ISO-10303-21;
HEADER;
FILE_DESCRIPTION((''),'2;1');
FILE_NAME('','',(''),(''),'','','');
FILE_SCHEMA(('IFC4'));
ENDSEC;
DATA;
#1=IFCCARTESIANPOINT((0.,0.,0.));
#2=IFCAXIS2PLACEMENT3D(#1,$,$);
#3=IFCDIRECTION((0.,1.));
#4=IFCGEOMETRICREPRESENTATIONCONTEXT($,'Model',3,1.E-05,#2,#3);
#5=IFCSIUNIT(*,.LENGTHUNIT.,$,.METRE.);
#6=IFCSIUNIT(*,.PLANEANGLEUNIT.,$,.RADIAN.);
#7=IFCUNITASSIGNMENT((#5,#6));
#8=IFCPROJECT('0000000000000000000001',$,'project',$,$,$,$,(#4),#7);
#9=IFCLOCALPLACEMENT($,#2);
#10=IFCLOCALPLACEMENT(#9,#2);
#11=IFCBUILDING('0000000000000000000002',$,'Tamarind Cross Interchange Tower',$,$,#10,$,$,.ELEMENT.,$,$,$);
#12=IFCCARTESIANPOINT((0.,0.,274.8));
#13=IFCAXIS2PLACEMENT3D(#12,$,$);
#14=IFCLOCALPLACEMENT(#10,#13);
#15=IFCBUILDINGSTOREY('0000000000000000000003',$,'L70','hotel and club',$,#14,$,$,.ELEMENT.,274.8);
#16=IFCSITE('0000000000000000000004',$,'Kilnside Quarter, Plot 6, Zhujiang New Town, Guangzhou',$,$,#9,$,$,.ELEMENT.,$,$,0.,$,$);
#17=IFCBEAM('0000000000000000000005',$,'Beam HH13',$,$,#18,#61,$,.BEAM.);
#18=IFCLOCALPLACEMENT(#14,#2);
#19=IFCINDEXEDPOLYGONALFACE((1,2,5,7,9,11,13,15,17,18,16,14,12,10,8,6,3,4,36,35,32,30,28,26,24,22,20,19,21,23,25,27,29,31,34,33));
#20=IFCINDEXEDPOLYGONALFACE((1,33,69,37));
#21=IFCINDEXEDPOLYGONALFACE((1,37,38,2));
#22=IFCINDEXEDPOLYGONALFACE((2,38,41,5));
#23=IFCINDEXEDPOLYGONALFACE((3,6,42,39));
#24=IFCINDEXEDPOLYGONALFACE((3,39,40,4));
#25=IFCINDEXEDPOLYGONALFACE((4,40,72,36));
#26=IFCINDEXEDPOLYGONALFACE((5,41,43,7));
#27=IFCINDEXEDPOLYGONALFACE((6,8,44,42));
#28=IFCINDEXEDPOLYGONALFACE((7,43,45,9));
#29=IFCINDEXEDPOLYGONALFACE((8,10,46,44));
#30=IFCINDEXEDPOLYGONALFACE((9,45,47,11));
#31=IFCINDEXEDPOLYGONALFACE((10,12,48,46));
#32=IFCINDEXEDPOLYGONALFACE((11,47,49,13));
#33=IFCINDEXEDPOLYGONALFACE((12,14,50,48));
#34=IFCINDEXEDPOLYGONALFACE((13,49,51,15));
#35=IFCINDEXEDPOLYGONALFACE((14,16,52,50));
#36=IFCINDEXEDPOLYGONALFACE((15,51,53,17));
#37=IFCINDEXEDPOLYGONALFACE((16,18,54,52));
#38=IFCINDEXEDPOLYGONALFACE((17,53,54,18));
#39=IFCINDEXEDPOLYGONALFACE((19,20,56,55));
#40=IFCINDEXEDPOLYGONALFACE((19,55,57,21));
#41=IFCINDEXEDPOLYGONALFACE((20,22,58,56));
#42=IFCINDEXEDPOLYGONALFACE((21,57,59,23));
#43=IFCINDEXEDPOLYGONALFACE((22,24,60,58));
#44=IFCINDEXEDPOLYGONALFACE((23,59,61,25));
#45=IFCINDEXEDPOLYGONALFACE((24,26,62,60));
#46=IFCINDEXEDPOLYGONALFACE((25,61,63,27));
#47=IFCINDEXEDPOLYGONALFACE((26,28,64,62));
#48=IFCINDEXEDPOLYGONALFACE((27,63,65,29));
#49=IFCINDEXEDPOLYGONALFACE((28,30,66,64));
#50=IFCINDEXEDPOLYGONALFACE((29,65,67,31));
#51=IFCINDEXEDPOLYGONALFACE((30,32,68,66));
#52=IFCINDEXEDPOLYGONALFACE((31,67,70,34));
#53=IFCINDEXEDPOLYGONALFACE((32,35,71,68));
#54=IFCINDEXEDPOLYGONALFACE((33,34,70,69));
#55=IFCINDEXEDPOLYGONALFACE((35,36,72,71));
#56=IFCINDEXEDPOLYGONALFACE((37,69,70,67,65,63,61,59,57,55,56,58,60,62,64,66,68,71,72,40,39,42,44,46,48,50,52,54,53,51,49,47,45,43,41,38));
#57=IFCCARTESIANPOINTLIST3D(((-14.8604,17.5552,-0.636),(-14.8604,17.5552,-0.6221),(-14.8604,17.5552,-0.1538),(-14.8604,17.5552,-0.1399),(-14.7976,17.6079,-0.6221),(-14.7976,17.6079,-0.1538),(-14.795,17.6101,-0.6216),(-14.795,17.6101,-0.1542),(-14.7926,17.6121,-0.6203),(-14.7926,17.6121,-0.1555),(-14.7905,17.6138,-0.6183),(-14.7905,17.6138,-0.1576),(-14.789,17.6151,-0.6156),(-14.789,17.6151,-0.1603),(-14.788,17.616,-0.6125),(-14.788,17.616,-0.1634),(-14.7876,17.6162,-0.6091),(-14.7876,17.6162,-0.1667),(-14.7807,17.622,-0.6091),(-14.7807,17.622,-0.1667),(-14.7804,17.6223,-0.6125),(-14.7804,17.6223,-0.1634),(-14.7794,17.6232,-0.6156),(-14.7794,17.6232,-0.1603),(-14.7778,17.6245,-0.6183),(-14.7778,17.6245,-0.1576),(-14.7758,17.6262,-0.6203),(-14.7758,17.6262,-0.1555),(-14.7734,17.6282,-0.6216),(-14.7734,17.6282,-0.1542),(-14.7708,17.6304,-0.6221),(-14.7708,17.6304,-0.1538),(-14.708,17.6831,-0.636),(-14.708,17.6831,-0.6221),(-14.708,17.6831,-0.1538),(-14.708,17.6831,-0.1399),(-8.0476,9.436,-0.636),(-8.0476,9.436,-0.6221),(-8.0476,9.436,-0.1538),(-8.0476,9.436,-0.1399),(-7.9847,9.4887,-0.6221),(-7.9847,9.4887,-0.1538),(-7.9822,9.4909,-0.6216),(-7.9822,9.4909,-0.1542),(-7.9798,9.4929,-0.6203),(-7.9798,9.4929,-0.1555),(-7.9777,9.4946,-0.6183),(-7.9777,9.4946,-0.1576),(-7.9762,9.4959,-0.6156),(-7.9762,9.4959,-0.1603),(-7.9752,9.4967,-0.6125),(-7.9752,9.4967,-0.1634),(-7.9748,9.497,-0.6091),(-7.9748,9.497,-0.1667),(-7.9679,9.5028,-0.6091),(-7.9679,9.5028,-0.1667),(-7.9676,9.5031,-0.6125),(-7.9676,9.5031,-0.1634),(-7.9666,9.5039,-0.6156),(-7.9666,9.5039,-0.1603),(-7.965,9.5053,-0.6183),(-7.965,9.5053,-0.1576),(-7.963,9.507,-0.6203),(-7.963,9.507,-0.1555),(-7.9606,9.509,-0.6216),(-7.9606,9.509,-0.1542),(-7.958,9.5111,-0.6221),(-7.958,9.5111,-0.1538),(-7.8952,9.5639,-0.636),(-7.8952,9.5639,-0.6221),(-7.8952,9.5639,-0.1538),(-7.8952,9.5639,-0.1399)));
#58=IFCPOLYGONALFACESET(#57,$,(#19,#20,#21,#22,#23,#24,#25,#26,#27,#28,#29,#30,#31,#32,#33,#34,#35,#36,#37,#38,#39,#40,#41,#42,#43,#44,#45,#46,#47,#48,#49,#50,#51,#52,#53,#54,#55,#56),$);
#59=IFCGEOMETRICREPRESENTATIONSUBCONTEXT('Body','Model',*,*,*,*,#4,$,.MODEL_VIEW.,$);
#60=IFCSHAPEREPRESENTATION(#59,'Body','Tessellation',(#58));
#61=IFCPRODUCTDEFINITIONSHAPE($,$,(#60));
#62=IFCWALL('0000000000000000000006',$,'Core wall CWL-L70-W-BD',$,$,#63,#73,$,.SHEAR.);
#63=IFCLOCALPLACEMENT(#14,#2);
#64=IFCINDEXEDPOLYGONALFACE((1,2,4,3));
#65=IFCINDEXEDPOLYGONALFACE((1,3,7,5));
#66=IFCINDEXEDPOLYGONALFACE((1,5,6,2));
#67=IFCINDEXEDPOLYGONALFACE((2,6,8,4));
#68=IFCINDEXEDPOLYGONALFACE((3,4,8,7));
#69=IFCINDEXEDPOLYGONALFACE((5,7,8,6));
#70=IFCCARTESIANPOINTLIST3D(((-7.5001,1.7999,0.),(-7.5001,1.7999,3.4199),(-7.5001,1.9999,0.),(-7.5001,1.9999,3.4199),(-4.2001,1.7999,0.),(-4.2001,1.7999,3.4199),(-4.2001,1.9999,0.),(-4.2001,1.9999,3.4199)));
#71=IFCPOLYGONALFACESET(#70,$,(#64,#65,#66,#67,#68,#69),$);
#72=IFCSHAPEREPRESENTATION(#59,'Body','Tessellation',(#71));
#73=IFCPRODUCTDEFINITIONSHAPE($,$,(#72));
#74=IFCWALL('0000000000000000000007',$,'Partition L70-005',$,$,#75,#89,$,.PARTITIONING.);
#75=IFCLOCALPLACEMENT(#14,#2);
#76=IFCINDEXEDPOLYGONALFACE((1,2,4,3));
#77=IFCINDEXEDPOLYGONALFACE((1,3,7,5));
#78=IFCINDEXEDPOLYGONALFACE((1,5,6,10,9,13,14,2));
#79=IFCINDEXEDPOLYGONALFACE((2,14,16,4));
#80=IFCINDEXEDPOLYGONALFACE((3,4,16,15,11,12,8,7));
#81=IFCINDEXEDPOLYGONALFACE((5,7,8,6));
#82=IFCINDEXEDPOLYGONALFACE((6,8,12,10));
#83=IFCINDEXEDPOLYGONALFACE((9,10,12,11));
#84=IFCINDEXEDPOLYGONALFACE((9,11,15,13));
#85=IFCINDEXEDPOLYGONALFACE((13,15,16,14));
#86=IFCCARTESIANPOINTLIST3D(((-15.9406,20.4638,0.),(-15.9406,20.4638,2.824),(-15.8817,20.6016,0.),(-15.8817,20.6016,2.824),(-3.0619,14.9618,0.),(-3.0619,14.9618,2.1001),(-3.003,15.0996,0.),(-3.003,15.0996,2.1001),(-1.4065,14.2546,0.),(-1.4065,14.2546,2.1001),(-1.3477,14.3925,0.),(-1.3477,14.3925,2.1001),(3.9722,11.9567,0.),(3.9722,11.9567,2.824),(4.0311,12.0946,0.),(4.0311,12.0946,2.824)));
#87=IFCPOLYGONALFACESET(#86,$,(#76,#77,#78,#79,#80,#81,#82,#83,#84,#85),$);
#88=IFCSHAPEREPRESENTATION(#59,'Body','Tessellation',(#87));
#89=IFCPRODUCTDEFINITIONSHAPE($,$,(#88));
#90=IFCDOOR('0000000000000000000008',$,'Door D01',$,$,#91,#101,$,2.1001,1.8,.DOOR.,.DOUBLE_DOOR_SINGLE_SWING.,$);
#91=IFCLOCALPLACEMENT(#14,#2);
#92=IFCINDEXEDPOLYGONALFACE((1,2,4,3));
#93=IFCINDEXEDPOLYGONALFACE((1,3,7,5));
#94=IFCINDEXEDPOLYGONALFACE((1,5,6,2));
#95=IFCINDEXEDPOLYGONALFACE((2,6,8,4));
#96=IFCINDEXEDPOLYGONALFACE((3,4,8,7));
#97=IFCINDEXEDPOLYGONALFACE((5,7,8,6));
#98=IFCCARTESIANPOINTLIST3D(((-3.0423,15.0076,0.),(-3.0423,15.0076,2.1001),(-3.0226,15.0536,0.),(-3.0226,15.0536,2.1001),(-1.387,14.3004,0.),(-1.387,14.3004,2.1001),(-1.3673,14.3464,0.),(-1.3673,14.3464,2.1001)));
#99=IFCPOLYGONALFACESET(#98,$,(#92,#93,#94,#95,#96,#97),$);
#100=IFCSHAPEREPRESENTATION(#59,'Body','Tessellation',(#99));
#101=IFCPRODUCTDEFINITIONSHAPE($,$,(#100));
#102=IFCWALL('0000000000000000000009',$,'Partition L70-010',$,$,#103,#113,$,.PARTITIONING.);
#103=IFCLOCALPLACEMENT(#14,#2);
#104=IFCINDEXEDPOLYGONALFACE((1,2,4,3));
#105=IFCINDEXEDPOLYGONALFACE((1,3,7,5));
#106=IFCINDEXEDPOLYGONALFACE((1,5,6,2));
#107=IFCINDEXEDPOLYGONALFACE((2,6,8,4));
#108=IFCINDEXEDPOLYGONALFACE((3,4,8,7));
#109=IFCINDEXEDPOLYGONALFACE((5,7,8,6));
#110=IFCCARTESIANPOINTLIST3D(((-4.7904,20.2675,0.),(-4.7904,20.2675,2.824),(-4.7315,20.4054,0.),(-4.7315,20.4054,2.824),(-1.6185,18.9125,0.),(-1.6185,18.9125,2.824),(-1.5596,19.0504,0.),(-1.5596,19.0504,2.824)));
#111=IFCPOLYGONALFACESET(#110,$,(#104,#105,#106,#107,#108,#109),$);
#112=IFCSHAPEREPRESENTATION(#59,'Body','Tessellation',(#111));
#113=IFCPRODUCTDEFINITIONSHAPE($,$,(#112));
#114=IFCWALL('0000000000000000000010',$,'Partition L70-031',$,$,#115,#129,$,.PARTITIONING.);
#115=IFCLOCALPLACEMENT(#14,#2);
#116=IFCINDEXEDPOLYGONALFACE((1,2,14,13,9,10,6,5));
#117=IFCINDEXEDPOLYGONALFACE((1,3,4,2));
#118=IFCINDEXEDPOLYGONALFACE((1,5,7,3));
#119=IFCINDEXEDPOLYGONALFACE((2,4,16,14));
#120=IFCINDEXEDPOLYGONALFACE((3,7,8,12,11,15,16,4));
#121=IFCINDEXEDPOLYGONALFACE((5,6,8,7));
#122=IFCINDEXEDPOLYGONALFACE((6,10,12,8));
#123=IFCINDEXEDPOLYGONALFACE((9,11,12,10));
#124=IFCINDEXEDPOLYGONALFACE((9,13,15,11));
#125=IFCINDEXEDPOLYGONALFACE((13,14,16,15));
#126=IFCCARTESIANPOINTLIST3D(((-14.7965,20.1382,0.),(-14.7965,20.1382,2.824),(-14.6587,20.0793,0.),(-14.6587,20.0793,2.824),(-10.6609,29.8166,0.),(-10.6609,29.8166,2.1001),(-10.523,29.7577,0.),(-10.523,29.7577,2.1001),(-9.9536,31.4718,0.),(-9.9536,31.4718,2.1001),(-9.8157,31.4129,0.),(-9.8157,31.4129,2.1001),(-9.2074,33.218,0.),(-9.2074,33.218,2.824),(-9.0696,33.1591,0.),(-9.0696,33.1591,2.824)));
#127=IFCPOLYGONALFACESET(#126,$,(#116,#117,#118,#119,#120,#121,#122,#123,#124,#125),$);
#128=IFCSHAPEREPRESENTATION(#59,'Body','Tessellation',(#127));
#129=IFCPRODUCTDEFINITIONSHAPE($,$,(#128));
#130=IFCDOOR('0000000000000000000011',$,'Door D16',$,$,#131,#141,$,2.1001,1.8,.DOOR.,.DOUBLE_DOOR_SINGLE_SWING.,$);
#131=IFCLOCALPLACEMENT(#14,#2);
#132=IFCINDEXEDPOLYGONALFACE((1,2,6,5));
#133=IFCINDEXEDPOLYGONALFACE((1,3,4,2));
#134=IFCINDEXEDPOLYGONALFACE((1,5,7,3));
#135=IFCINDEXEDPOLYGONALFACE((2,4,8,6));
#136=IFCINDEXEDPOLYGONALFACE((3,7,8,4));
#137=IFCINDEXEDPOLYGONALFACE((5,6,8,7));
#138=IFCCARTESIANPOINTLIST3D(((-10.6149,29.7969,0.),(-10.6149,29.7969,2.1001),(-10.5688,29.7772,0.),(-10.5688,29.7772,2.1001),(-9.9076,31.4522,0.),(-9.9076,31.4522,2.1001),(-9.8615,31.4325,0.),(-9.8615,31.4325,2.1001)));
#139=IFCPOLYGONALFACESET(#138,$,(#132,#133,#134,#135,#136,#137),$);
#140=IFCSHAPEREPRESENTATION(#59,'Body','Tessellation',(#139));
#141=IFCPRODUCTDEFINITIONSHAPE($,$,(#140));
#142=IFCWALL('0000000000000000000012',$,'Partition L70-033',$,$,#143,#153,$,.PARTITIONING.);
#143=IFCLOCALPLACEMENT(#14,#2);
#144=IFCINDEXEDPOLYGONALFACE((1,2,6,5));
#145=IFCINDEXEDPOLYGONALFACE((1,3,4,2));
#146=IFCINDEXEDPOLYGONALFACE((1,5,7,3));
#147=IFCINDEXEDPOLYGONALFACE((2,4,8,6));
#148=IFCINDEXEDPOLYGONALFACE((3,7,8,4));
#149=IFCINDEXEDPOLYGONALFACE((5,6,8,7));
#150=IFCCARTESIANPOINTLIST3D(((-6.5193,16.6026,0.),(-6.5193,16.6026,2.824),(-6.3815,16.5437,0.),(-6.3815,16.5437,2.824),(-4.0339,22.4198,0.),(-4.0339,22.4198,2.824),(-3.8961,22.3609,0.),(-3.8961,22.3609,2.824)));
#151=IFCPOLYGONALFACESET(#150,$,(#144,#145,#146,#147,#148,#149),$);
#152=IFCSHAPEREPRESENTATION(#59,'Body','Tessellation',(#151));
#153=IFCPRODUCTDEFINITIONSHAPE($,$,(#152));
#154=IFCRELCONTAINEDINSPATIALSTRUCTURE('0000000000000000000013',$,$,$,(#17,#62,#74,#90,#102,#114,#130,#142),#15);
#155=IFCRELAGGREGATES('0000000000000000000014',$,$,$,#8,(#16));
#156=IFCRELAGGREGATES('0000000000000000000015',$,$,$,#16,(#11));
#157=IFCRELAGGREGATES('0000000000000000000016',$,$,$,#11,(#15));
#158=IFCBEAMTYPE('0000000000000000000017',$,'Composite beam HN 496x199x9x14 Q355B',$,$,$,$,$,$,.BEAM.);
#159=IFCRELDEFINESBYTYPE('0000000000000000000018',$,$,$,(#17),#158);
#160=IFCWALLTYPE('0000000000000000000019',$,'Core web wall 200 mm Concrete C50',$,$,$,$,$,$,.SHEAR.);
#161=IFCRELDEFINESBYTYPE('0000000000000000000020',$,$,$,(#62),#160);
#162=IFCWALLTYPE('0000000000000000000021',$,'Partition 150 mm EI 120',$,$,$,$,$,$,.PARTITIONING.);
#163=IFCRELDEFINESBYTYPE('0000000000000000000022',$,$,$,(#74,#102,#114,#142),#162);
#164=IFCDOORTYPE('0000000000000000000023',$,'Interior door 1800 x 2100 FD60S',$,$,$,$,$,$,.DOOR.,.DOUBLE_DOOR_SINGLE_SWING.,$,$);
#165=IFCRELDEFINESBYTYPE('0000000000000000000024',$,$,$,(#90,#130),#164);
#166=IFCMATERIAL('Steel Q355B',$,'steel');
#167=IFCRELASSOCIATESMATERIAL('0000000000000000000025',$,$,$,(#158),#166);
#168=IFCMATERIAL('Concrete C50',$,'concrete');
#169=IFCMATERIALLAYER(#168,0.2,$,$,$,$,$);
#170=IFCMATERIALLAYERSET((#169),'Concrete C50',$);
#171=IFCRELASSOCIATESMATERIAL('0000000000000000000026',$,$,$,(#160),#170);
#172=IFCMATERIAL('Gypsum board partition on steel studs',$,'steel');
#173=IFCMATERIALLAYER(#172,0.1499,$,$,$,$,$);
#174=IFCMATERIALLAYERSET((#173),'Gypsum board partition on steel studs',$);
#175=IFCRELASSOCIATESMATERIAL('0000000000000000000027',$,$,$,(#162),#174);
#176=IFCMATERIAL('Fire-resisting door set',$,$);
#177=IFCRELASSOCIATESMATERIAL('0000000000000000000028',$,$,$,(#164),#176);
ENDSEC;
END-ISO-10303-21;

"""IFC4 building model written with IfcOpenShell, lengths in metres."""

from ifc_helpers import new_model, si_unit, direction, frame, frame_2d, origin, origin_2d, place, context, subcontext, project, spatial, rectangle, i_section, extrude, material, layer, layer_set, material_profile, profile_set, type_object, element, fill, save


model = new_model("IFC4")

# Units and contexts
model_context = context("Model", 3, precision=1e-05, world=origin(), true_north=direction((0.0, 1.0)))
body_context = subcontext(model_context, "Body", "Model", "MODEL_VIEW")
ifc_project = project(units=[si_unit("LENGTHUNIT", "METRE"), si_unit("PLANEANGLEUNIT", "RADIAN")], contexts=[model_context])

# Site, building, storey
site_placement = place(None, origin())
site = spatial("IfcSite", under=ifc_project, at=site_placement, Name="Kilnside Quarter, Plot 6, Zhujiang New Town, Guangzhou", CompositionType="ELEMENT", RefElevation=0.0)
building_placement = place(site_placement, origin())
building = spatial("IfcBuilding", under=site, at=building_placement, Name="Tamarind Cross Interchange Tower", CompositionType="ELEMENT")
storey_placement = place(building_placement, frame((0.0, 0.0, 274.8)))
storey = spatial("IfcBuildingStorey", under=building, at=storey_placement, Name="L70", Description="hotel and club", CompositionType="ELEMENT", Elevation=274.8)

# Beam
ifc_material_1 = material(Name="Steel Q355B", Category="steel")
ifc_material_profile_1 = material_profile(ifc_material_1, i_section(OverallWidth=0.199, OverallDepth=0.4961, WebThickness=0.009, FlangeThickness=0.0139, FilletRadius=0.0129, at=origin_2d()), Name="HN 496x199x9x14")
ifc_profile_set_1 = profile_set([ifc_material_profile_1], Name="Steel Q355B")
beam_type_1 = type_object("IfcBeamType", Name="Composite beam HN 496x199x9x14 Q355B", PredefinedType="BEAM", material=ifc_profile_set_1)
beam_1_placement = place(storey_placement, frame((-14.7842, 17.6191, -0.3879), z_axis=(0.642786, -0.766046, 0.0), x_axis=(0.766046, 0.642786, 0.0)))
element("IfcBeam", 1, at=beam_1_placement, inside=storey, type_object=beam_type_1, Name="Beam HH13", PredefinedType="BEAM", context=body_context, shape_type="SweptSolid", body=[
    extrude(i_section(OverallWidth=0.199, OverallDepth=0.4961, WebThickness=0.009, FlangeThickness=0.0139, FilletRadius=0.0129, at=origin_2d()), origin(), (0.0, 0.0, 1.0), 10.5989),
])

# Wall
ifc_material_2 = material(Name="Concrete C50", Category="concrete")
ifc_layer_1 = layer(ifc_material_2, 0.2)
ifc_layer_set_1 = layer_set([ifc_layer_1], Name="Concrete C50")
wall_type_1 = type_object("IfcWallType", Name="Core web wall 200 mm Concrete C50", PredefinedType="SHEAR", material=ifc_layer_set_1)
wall_1_placement = place(storey_placement, frame((-7.5, 1.8999, 0.0), z_axis=(0.0, 0.0, 1.0), x_axis=(1.0, 0.0, 0.0)))
element("IfcWall", 2, at=wall_1_placement, inside=storey, type_object=wall_type_1, Name="Core wall CWL-L70-W-BD", PredefinedType="SHEAR", context=body_context, shape_type="SweptSolid", body=[
    extrude(rectangle(XDim=3.3, YDim=0.2, at=frame_2d((1.6499, 0.0))), origin(), (0.0, 0.0, 1.0), 3.4199),
])

# Wall, opening, door
ifc_material_3 = material(Name="Gypsum board partition on steel studs", Category="steel")
ifc_layer_2 = layer(ifc_material_3, 0.1499)
ifc_layer_set_2 = layer_set([ifc_layer_2], Name="Gypsum board partition on steel studs")
wall_type_2 = type_object("IfcWallType", Name="Partition 150 mm EI 120", PredefinedType="PARTITIONING", material=ifc_layer_set_2)
wall_2_placement = place(storey_placement, frame((-15.9111, 20.5327, 0.0), z_axis=(0.0, 0.0, 1.0), x_axis=(0.919596, -0.392866, 0.0)))
wall_2 = element("IfcWall", 3, at=wall_2_placement, inside=storey, type_object=wall_type_2, Name="Partition L70-005", PredefinedType="PARTITIONING", context=body_context, shape_type="SweptSolid", body=[
    extrude(rectangle(XDim=21.6538, YDim=0.1499, at=frame_2d((10.8269, 0.0))), origin(), (0.0, 0.0, 1.0), 2.824),
])
opening_1_placement = place(wall_2_placement, frame((14.0049, 0.0, 0.0)))
opening_1 = element("IfcOpeningElement", 4, at=opening_1_placement, cuts=wall_2, PredefinedType="OPENING", context=body_context, shape_type="SweptSolid", body=[
    extrude(rectangle(XDim=1.8, YDim=2.1001, at=frame_2d((0.8999, 1.05))), frame((0.0, 0.085, 0.0), z_axis=(0.0, -1.0, 0.0), x_axis=(1.0, 0.0, 0.0)), (0.0, 0.0, 1.0), 0.1699),
])
ifc_material_4 = material(Name="Fire-resisting door set")
door_type_1 = type_object("IfcDoorType", Name="Interior door 1800 x 2100 FD60S", OperationType="DOUBLE_DOOR_SINGLE_SWING", PredefinedType="DOOR", material=ifc_material_4)
door_1_placement = place(opening_1_placement, origin())
door_1 = element("IfcDoor", 5, at=door_1_placement, inside=storey, type_object=door_type_1, Name="Door D01", OperationType="DOUBLE_DOOR_SINGLE_SWING", OverallHeight=2.1001, OverallWidth=1.8, PredefinedType="DOOR", context=body_context, shape_type="SweptSolid", body=[
    extrude(rectangle(XDim=1.8, YDim=2.1001, at=frame_2d((0.8999, 1.05))), frame((0.0, 0.0249, 0.0), z_axis=(0.0, -1.0, 0.0), x_axis=(1.0, 0.0, 0.0)), (0.0, 0.0, 1.0), 0.05),
])
fill(opening_1, door_1)

# Wall
wall_3_placement = place(storey_placement, frame((-4.761, 20.3364, 0.0), z_axis=(0.0, 0.0, 1.0), x_axis=(0.919606, -0.392843, 0.0)))
element("IfcWall", 6, at=wall_3_placement, inside=storey, type_object=wall_type_2, Name="Partition L70-010", PredefinedType="PARTITIONING", context=body_context, shape_type="SweptSolid", body=[
    extrude(rectangle(XDim=3.4492, YDim=0.1499, at=frame_2d((1.7246, 0.0))), origin(), (0.0, 0.0, 1.0), 2.824),
])

# Wall, opening, door
wall_4_placement = place(storey_placement, frame((-14.7275, 20.1089, 0.0), z_axis=(0.0, 0.0, 1.0), x_axis=(0.392937, 0.919565, 0.0)))
wall_4 = element("IfcWall", 7, at=wall_4_placement, inside=storey, type_object=wall_type_2, Name="Partition L70-031", PredefinedType="PARTITIONING", context=body_context, shape_type="SweptSolid", body=[
    extrude(rectangle(XDim=14.2239, YDim=0.1499, at=frame_2d((7.1118, 0.0))), origin(), (0.0, 0.0, 1.0), 2.824),
])
opening_2_placement = place(wall_4_placement, frame((10.5249, 0.0, 0.0)))
opening_2 = element("IfcOpeningElement", 8, at=opening_2_placement, cuts=wall_4, PredefinedType="OPENING", context=body_context, shape_type="SweptSolid", body=[
    extrude(rectangle(XDim=1.8, YDim=2.1001, at=frame_2d((0.8999, 1.05))), frame((0.0, 0.085, 0.0), z_axis=(0.0, -1.0, 0.0), x_axis=(1.0, 0.0, 0.0)), (0.0, 0.0, 1.0), 0.1699),
])
door_2_placement = place(opening_2_placement, origin())
door_2 = element("IfcDoor", 9, at=door_2_placement, inside=storey, type_object=door_type_1, Name="Door D16", OperationType="DOUBLE_DOOR_SINGLE_SWING", OverallHeight=2.1001, OverallWidth=1.8, PredefinedType="DOOR", context=body_context, shape_type="SweptSolid", body=[
    extrude(rectangle(XDim=1.8, YDim=2.1001, at=frame_2d((0.8999, 1.05))), frame((0.0, 0.0249, 0.0), z_axis=(0.0, -1.0, 0.0), x_axis=(1.0, 0.0, 0.0)), (0.0, 0.0, 1.0), 0.05),
])
fill(opening_2, door_2)

# Wall
wall_5_placement = place(storey_placement, frame((-6.4504, 16.573, 0.0), z_axis=(0.0, 0.0, 1.0), x_axis=(0.39289, 0.919586, 0.0)))
element("IfcWall", 10, at=wall_5_placement, inside=storey, type_object=wall_type_2, Name="Partition L70-033", PredefinedType="PARTITIONING", context=body_context, shape_type="SweptSolid", body=[
    extrude(rectangle(XDim=6.3259, YDim=0.1499, at=frame_2d((3.1631, 0.0))), origin(), (0.0, 0.0, 1.0), 2.824),
])

save(model, "model.ifc")
